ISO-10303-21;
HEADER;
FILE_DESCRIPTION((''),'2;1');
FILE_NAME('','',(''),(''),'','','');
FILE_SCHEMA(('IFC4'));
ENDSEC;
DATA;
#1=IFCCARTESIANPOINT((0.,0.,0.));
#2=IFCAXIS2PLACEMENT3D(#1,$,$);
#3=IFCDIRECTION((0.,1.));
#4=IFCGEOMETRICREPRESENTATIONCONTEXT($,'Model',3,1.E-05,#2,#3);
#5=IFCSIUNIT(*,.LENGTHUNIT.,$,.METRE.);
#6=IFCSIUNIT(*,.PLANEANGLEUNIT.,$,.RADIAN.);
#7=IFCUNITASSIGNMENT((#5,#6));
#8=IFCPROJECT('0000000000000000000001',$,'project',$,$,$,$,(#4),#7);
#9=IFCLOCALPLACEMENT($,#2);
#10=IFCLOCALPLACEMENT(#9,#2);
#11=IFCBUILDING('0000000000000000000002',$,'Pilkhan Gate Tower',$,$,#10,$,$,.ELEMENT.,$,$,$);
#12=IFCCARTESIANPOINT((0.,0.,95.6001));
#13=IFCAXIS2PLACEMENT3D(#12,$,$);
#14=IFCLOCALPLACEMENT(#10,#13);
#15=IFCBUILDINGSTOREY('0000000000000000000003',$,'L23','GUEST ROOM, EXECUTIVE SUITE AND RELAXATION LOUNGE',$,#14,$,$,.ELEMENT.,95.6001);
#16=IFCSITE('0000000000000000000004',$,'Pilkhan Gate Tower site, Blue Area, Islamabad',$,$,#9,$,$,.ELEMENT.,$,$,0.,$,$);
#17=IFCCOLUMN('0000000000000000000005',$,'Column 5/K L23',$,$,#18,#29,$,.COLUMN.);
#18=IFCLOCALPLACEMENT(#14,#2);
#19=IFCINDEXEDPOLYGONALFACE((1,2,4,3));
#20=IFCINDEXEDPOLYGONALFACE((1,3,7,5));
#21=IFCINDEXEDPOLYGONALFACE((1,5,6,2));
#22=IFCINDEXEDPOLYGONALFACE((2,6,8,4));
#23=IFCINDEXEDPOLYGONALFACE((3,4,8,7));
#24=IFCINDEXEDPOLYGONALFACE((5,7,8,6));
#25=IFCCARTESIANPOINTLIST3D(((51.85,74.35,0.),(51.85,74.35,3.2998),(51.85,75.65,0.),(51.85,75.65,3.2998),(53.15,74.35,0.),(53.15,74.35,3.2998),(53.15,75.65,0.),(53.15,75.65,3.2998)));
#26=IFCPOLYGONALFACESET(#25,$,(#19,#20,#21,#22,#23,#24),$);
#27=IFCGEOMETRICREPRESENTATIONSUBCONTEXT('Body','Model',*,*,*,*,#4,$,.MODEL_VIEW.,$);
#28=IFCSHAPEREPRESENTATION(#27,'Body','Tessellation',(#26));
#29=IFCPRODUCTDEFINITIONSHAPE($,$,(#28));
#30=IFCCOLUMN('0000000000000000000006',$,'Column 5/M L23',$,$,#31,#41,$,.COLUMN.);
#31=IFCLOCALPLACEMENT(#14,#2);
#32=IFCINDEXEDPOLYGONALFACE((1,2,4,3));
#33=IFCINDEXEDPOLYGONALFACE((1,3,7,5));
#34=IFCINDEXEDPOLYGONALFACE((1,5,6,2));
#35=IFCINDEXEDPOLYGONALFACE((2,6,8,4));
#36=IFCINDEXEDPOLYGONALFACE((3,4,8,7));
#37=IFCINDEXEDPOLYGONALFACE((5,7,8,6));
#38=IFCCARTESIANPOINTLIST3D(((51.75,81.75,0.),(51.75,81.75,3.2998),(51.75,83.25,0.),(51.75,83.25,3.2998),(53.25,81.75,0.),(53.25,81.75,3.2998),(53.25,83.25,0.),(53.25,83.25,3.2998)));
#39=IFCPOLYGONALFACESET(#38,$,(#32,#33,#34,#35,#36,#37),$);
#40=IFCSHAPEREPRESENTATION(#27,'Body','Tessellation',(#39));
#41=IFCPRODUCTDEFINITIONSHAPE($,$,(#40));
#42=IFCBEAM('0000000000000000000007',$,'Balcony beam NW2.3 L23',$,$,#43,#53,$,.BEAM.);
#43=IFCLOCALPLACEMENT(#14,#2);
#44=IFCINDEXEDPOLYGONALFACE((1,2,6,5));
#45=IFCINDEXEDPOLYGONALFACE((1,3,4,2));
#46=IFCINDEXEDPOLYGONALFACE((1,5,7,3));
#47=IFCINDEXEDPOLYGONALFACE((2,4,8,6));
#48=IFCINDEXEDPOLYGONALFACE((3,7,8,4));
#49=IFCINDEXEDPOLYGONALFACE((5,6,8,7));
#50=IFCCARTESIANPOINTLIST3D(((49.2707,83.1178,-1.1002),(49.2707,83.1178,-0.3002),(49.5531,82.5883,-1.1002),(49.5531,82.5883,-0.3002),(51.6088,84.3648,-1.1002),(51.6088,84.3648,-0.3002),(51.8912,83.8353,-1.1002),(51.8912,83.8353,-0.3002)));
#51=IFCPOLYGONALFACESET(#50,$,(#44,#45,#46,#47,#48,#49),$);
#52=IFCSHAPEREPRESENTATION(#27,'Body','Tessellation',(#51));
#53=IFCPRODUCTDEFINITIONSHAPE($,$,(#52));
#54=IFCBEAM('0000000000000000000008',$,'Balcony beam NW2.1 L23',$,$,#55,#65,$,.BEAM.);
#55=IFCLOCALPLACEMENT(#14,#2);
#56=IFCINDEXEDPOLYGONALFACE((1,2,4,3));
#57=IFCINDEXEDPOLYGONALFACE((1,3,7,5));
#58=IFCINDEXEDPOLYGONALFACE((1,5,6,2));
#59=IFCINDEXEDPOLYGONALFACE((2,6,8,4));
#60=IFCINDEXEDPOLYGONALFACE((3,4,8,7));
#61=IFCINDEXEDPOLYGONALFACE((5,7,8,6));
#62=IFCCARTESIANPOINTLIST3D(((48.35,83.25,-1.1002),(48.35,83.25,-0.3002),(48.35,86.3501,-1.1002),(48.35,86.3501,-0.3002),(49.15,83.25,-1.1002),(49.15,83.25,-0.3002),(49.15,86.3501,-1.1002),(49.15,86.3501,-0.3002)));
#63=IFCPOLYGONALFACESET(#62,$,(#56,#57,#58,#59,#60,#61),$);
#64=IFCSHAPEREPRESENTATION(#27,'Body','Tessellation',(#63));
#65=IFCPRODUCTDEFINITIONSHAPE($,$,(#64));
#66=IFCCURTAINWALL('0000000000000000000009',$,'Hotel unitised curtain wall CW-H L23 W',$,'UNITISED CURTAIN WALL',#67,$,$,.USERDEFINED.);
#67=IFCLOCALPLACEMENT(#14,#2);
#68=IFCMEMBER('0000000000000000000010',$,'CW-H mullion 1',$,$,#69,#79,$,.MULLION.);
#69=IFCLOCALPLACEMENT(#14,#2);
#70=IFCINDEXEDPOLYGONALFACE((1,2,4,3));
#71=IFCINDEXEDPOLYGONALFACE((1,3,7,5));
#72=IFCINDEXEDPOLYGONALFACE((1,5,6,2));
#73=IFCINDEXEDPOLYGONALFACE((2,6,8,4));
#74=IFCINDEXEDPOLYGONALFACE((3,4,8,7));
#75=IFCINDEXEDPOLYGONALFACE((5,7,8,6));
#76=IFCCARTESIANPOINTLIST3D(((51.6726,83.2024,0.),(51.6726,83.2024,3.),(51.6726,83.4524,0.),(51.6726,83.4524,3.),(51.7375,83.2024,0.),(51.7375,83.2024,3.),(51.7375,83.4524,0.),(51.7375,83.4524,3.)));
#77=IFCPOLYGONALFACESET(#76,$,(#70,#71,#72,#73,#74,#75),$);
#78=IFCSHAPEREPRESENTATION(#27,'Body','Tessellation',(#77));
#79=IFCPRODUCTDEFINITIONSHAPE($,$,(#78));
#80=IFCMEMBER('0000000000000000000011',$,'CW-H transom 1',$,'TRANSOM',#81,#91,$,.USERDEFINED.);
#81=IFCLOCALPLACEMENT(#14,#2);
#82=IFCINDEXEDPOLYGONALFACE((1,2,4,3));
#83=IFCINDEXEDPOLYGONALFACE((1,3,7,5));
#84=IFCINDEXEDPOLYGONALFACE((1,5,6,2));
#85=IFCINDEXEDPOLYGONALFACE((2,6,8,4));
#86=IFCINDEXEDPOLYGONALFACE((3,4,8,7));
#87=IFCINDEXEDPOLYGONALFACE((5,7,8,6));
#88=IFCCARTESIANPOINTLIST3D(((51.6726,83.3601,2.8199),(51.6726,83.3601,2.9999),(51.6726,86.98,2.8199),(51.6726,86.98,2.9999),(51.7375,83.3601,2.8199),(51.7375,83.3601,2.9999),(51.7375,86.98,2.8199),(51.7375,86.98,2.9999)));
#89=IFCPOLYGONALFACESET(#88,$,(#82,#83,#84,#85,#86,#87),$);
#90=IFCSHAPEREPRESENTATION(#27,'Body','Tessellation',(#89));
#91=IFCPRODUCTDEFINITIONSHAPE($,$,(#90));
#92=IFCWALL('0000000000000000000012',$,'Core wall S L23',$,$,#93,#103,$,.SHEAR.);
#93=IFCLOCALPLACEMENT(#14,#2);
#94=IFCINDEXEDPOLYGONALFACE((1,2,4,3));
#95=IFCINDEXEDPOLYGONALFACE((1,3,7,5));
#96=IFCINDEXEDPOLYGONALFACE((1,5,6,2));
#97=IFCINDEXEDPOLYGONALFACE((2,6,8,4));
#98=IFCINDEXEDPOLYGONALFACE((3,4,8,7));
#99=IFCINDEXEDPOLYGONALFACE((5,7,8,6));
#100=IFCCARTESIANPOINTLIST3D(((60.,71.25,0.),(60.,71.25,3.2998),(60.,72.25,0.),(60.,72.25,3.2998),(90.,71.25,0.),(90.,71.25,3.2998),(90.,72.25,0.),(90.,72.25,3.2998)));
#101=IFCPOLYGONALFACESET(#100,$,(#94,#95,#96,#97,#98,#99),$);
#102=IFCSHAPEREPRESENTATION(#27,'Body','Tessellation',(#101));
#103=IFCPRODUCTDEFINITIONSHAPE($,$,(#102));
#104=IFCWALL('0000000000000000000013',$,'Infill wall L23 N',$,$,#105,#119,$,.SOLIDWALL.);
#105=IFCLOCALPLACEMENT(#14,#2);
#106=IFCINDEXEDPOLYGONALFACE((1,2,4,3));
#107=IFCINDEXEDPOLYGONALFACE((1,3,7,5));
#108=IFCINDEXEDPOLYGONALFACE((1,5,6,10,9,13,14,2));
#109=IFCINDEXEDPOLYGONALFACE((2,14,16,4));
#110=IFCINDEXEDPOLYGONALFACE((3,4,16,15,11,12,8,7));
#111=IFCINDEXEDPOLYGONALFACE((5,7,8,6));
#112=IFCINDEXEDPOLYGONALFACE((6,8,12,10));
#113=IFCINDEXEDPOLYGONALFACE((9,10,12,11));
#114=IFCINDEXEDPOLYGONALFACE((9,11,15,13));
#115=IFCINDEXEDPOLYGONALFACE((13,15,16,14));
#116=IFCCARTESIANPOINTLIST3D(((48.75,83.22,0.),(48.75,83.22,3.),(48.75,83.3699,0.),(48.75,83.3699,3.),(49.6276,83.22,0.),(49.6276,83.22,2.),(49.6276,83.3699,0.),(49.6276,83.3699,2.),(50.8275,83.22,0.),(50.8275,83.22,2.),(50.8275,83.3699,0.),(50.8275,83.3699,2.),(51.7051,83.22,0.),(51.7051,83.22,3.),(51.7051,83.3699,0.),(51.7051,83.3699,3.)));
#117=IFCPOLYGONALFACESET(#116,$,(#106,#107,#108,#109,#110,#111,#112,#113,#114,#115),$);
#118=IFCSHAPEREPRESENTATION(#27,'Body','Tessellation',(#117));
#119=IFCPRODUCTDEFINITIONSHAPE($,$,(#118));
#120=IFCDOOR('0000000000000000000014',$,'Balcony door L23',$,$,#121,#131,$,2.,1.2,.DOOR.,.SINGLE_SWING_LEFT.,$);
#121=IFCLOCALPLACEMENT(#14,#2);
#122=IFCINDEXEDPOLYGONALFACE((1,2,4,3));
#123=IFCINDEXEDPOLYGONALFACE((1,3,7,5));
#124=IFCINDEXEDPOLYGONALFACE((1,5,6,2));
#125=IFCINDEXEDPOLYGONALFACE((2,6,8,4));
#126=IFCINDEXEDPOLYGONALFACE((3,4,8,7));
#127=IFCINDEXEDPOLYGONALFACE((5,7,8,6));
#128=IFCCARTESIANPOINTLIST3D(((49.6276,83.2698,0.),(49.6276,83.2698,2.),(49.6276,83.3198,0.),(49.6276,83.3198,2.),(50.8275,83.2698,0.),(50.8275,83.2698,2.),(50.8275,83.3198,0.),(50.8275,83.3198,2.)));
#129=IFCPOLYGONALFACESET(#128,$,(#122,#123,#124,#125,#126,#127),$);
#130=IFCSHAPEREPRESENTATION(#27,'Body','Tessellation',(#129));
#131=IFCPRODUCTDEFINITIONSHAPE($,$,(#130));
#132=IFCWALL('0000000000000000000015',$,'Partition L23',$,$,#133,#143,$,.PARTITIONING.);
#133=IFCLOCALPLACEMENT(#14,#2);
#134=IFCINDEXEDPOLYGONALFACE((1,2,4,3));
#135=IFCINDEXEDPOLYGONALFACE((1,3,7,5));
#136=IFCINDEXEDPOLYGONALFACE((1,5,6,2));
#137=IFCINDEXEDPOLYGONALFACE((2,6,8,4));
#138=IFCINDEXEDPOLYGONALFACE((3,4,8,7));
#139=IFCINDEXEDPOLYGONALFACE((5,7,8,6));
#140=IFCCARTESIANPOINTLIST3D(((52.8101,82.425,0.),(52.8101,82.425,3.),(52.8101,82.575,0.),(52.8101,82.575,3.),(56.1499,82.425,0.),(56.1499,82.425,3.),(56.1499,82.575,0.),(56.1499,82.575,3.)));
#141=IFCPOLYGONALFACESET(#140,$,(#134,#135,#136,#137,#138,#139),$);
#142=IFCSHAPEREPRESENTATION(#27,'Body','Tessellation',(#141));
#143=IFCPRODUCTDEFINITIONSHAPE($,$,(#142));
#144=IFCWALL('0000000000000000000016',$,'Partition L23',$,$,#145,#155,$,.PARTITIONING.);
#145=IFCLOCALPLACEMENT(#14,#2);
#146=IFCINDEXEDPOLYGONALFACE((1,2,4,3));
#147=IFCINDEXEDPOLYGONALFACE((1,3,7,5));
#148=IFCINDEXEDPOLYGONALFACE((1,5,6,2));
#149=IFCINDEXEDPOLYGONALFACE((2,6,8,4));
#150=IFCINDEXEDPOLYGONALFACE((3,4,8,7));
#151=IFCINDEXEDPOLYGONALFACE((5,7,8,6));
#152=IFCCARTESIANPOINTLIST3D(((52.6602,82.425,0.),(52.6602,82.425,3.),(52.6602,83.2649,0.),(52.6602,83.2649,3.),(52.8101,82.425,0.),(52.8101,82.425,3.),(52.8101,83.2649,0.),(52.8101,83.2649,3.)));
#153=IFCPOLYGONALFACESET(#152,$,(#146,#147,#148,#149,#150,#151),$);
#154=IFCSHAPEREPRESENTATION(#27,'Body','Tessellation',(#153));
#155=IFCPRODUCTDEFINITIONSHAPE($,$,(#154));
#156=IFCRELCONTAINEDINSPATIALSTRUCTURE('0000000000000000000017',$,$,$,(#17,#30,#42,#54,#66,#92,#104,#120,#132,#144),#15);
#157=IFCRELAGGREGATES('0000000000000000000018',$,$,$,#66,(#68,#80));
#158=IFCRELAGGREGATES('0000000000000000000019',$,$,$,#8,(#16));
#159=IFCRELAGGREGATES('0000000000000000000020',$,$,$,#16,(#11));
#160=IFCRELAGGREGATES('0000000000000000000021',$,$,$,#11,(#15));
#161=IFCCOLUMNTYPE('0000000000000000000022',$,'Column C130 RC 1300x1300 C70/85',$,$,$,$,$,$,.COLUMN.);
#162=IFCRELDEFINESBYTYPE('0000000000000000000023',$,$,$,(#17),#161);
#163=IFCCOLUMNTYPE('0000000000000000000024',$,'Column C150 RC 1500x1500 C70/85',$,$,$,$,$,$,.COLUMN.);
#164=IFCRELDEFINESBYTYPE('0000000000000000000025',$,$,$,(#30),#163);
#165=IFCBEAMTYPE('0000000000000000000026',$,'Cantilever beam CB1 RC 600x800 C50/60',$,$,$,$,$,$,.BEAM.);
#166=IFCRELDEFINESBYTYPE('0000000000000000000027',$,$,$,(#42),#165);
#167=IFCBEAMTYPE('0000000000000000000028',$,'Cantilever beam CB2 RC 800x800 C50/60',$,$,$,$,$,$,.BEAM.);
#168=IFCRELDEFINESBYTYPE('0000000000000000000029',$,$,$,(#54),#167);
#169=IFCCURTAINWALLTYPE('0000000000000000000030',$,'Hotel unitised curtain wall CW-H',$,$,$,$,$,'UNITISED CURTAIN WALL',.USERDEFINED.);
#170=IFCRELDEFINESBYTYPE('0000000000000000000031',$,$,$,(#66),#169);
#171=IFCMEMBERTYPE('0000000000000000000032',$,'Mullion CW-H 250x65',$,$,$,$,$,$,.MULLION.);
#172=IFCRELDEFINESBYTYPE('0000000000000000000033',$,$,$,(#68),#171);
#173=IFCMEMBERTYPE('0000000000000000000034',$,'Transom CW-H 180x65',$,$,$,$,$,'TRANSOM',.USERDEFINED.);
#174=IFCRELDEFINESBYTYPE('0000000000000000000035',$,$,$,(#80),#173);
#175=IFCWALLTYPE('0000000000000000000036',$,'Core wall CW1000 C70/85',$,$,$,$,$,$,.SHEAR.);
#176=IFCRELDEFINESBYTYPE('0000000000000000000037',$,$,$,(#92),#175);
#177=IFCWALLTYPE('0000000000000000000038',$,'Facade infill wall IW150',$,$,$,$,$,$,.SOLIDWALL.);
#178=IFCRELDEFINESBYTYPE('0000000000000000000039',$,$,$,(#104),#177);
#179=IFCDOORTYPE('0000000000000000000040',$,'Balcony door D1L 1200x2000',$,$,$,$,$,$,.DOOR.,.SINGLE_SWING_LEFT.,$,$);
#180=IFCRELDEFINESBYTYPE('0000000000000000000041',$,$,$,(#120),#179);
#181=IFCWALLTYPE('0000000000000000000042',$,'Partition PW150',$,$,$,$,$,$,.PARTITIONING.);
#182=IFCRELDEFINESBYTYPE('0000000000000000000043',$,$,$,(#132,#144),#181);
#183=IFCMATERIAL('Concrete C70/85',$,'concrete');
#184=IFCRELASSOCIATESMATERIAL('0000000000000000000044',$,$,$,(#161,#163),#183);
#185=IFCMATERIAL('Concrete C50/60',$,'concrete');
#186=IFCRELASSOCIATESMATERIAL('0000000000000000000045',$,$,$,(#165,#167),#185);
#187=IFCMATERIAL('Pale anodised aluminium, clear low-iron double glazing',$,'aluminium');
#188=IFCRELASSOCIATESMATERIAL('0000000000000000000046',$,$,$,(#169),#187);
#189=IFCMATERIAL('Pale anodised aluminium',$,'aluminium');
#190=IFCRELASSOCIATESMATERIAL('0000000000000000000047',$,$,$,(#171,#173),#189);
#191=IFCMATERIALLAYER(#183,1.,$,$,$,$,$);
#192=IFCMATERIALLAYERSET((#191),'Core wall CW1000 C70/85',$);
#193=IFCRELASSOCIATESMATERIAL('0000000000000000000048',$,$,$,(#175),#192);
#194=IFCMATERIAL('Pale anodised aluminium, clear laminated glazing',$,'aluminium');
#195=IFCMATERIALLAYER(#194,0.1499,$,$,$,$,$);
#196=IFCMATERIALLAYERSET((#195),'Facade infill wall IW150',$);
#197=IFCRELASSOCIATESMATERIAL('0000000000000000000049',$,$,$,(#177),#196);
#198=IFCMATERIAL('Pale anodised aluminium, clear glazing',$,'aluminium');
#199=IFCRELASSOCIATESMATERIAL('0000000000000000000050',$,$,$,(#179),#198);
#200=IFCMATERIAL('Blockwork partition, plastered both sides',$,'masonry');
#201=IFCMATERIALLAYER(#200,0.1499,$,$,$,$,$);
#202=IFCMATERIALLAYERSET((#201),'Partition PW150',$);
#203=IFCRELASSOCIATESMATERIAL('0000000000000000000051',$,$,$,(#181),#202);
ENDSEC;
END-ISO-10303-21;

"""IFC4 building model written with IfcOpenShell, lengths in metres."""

from ifc_helpers import new_model, si_unit, direction, frame, frame_2d, origin, origin_2d, place, context, subcontext, project, spatial, rectangle, extrude, material, layer, layer_set, material_profile, profile_set, type_object, element, fill, aggregate, save


model = new_model("IFC4")

# Units and contexts
model_context = context("Model", 3, precision=1e-05, world=origin(), true_north=direction((0.0, 1.0)))
body_context = subcontext(model_context, "Body", "Model", "MODEL_VIEW")
ifc_project = project(units=[si_unit("LENGTHUNIT", "METRE"), si_unit("PLANEANGLEUNIT", "RADIAN")], contexts=[model_context])

# Site, building, storey
site_placement = place(None, origin())
site = spatial("IfcSite", under=ifc_project, at=site_placement, Name="Pilkhan Gate Tower site, Blue Area, Islamabad", CompositionType="ELEMENT", RefElevation=0.0)
building_placement = place(site_placement, origin())
building = spatial("IfcBuilding", under=site, at=building_placement, Name="Pilkhan Gate Tower", CompositionType="ELEMENT")
storey_placement = place(building_placement, frame((0.0, 0.0, 95.6001)))
storey = spatial("IfcBuildingStorey", under=building, at=storey_placement, Name="L23", Description="GUEST ROOM, EXECUTIVE SUITE AND RELAXATION LOUNGE", CompositionType="ELEMENT", Elevation=95.6001)

# Columns
ifc_material_1 = material(Name="Concrete C70/85", Category="concrete")
ifc_material_profile_1 = material_profile(ifc_material_1, rectangle(XDim=1.3, YDim=1.3, at=origin_2d()), Name="RC 1300x1300")
ifc_profile_set_1 = profile_set([ifc_material_profile_1], Name="Concrete C70/85")
column_type_1 = type_object("IfcColumnType", Name="Column C130 RC 1300x1300 C70/85", PredefinedType="COLUMN", material=ifc_profile_set_1)
column_1_placement = place(storey_placement, frame((52.5, 75.0, 0.0), z_axis=(0.0, 0.0, 1.0), x_axis=(1.0, 0.0, 0.0)))
element("IfcColumn", 1, at=column_1_placement, inside=storey, type_object=column_type_1, Name="Column 5/K L23", PredefinedType="COLUMN", context=body_context, shape_type="SweptSolid", body=[
    extrude(rectangle(XDim=1.3, YDim=1.3, at=origin_2d()), origin(), (0.0, 0.0, 1.0), 3.2998),
])
ifc_material_profile_2 = material_profile(ifc_material_1, rectangle(XDim=1.5, YDim=1.5, at=origin_2d()), Name="RC 1500x1500")
ifc_profile_set_2 = profile_set([ifc_material_profile_2], Name="Concrete C70/85")
column_type_2 = type_object("IfcColumnType", Name="Column C150 RC 1500x1500 C70/85", PredefinedType="COLUMN", material=ifc_profile_set_2)
column_2_placement = place(storey_placement, frame((52.5, 82.5, 0.0), z_axis=(0.0, 0.0, 1.0), x_axis=(1.0, 0.0, 0.0)))
element("IfcColumn", 2, at=column_2_placement, inside=storey, type_object=column_type_2, Name="Column 5/M L23", PredefinedType="COLUMN", context=body_context, shape_type="SweptSolid", body=[
    extrude(rectangle(XDim=1.5, YDim=1.5, at=origin_2d()), origin(), (0.0, 0.0, 1.0), 3.2998),
])

# Beams
ifc_material_2 = material(Name="Concrete C50/60", Category="concrete")
ifc_material_profile_3 = material_profile(ifc_material_2, rectangle(XDim=0.6001, YDim=0.8, at=origin_2d()), Name="RC 600x800")
ifc_profile_set_3 = profile_set([ifc_material_profile_3], Name="Concrete C50/60")
beam_type_1 = type_object("IfcBeamType", Name="Cantilever beam CB1 RC 600x800 C50/60", PredefinedType="BEAM", material=ifc_profile_set_3)
beam_1_placement = place(storey_placement, frame((49.4119, 82.853, -0.7002), z_axis=(0.882343, 0.470607, 0.0), x_axis=(-0.470607, 0.882343, 0.0)))
element("IfcBeam", 3, at=beam_1_placement, inside=storey, type_object=beam_type_1, Name="Balcony beam NW2.3 L23", PredefinedType="BEAM", context=body_context, shape_type="SweptSolid", body=[
    extrude(rectangle(XDim=0.6001, YDim=0.8, at=origin_2d()), origin(), (0.0, 0.0, 1.0), 2.6499),
])
ifc_material_profile_4 = material_profile(ifc_material_2, rectangle(XDim=0.8, YDim=0.8, at=origin_2d()), Name="RC 800x800")
ifc_profile_set_4 = profile_set([ifc_material_profile_4], Name="Concrete C50/60")
beam_type_2 = type_object("IfcBeamType", Name="Cantilever beam CB2 RC 800x800 C50/60", PredefinedType="BEAM", material=ifc_profile_set_4)
beam_2_placement = place(storey_placement, frame((48.75, 83.25, -0.7002), z_axis=(0.0, 1.0, 0.0), x_axis=(-1.0, 0.0, 0.0)))
element("IfcBeam", 4, at=beam_2_placement, inside=storey, type_object=beam_type_2, Name="Balcony beam NW2.1 L23", PredefinedType="BEAM", context=body_context, shape_type="SweptSolid", body=[
    extrude(rectangle(XDim=0.8, YDim=0.8, at=origin_2d()), origin(), (0.0, 0.0, 1.0), 3.1001),
])

# Curtain wall, members
ifc_material_3 = material(Name="Pale anodised aluminium, clear low-iron double glazing", Category="aluminium")
curtain_wall_type = type_object("IfcCurtainWallType", Name="Hotel unitised curtain wall CW-H", ElementType="UNITISED CURTAIN WALL", PredefinedType="USERDEFINED", material=ifc_material_3)
curtain_wall_placement = place(storey_placement, origin())
curtain_wall = element("IfcCurtainWall", 5, at=curtain_wall_placement, inside=storey, type_object=curtain_wall_type, Name="Hotel unitised curtain wall CW-H L23 W", ObjectType="UNITISED CURTAIN WALL", PredefinedType="USERDEFINED")
ifc_material_4 = material(Name="Pale anodised aluminium", Category="aluminium")
ifc_material_profile_5 = material_profile(ifc_material_4, rectangle(XDim=0.0649, YDim=0.25, at=origin_2d()), Name="Mullion 250x65")
ifc_profile_set_5 = profile_set([ifc_material_profile_5], Name="Pale anodised aluminium")
member_type_1 = type_object("IfcMemberType", Name="Mullion CW-H 250x65", PredefinedType="MULLION", material=ifc_profile_set_5)
member_1_placement = place(storey_placement, frame((51.7051, 83.3274, 0.0), z_axis=(0.0, 0.0, 1.0), x_axis=(-1.0, 0.0, 0.0)))
member_1 = element("IfcMember", 6, at=member_1_placement, type_object=member_type_1, Name="CW-H mullion 1", PredefinedType="MULLION", context=body_context, shape_type="SweptSolid", body=[
    extrude(rectangle(XDim=0.0649, YDim=0.25, at=origin_2d()), origin(), (0.0, 0.0, 1.0), 3.0),
])
ifc_material_profile_6 = material_profile(ifc_material_4, rectangle(XDim=0.0649, YDim=0.1799, at=origin_2d()), Name="Transom 180x65")
ifc_profile_set_6 = profile_set([ifc_material_profile_6], Name="Pale anodised aluminium")
member_type_2 = type_object("IfcMemberType", Name="Transom CW-H 180x65", ElementType="TRANSOM", PredefinedType="USERDEFINED", material=ifc_profile_set_6)
member_2_placement = place(storey_placement, frame((51.7051, 83.3601, 2.9099), z_axis=(0.0, 1.0, 0.0), x_axis=(-1.0, 0.0, 0.0)))
member_2 = element("IfcMember", 7, at=member_2_placement, type_object=member_type_2, Name="CW-H transom 1", ObjectType="TRANSOM", PredefinedType="USERDEFINED", context=body_context, shape_type="SweptSolid", body=[
    extrude(rectangle(XDim=0.0649, YDim=0.1799, at=origin_2d()), origin(), (0.0, 0.0, 1.0), 3.6199),
])
aggregate(curtain_wall, [member_1, member_2])

# Wall
ifc_layer_1 = layer(ifc_material_1, 1.0)
ifc_layer_set_1 = layer_set([ifc_layer_1], Name="Core wall CW1000 C70/85")
wall_type_1 = type_object("IfcWallType", Name="Core wall CW1000 C70/85", PredefinedType="SHEAR", material=ifc_layer_set_1)
wall_1_placement = place(storey_placement, frame((60.0, 71.75, 0.0), z_axis=(0.0, 0.0, 1.0), x_axis=(1.0, 0.0, 0.0)))
element("IfcWall", 8, at=wall_1_placement, inside=storey, type_object=wall_type_1, Name="Core wall S L23", PredefinedType="SHEAR", context=body_context, shape_type="SweptSolid", body=[
    extrude(rectangle(XDim=30.0, YDim=1.0, at=frame_2d((15.0, 0.0))), origin(), (0.0, 0.0, 1.0), 3.2998),
])

# Wall, opening, door
ifc_material_5 = material(Name="Pale anodised aluminium, clear laminated glazing", Category="aluminium")
ifc_layer_2 = layer(ifc_material_5, 0.1499)
ifc_layer_set_2 = layer_set([ifc_layer_2], Name="Facade infill wall IW150")
wall_type_2 = type_object("IfcWallType", Name="Facade infill wall IW150", PredefinedType="SOLIDWALL", material=ifc_layer_set_2)
wall_2_placement = place(storey_placement, frame((48.75, 83.2949, 0.0), z_axis=(0.0, 0.0, 1.0), x_axis=(1.0, 0.0, 0.0)))
wall_2 = element("IfcWall", 9, at=wall_2_placement, inside=storey, type_object=wall_type_2, Name="Infill wall L23 N", PredefinedType="SOLIDWALL", context=body_context, shape_type="SweptSolid", body=[
    extrude(rectangle(XDim=2.9551, YDim=0.1499, at=frame_2d((1.4775, 0.0))), origin(), (0.0, 0.0, 1.0), 3.0),
])
opening_1_placement = place(wall_2_placement, frame((0.8774, 0.0, 0.0)))
opening_1 = element("IfcOpeningElement", 10, at=opening_1_placement, cuts=wall_2, PredefinedType="OPENING", context=body_context, shape_type="SweptSolid", body=[
    extrude(rectangle(XDim=1.2, YDim=2.0, at=frame_2d((0.6001, 1.0))), frame((0.0, 0.085, 0.0), z_axis=(0.0, -1.0, 0.0), x_axis=(1.0, 0.0, 0.0)), (0.0, 0.0, 1.0), 0.1699),
])
ifc_material_6 = material(Name="Pale anodised aluminium, clear glazing", Category="aluminium")
door_type_1 = type_object("IfcDoorType", Name="Balcony door D1L 1200x2000", OperationType="SINGLE_SWING_LEFT", PredefinedType="DOOR", material=ifc_material_6)
door_1_placement = place(opening_1_placement, origin())
door_1 = element("IfcDoor", 11, at=door_1_placement, inside=storey, type_object=door_type_1, Name="Balcony door L23", OperationType="SINGLE_SWING_LEFT", OverallHeight=2.0, OverallWidth=1.2, PredefinedType="DOOR", context=body_context, shape_type="SweptSolid", body=[
    extrude(rectangle(XDim=1.2, YDim=2.0, at=frame_2d((0.6001, 1.0))), frame((0.0, 0.0249, 0.0), z_axis=(0.0, -1.0, 0.0), x_axis=(1.0, 0.0, 0.0)), (0.0, 0.0, 1.0), 0.05),
])
fill(opening_1, door_1)

# Walls
ifc_material_7 = material(Name="Blockwork partition, plastered both sides", Category="masonry")
ifc_layer_3 = layer(ifc_material_7, 0.1499)
ifc_layer_set_3 = layer_set([ifc_layer_3], Name="Partition PW150")
wall_type_3 = type_object("IfcWallType", Name="Partition PW150", PredefinedType="PARTITIONING", material=ifc_layer_set_3)
wall_3_placement = place(storey_placement, frame((52.8101, 82.5, 0.0), z_axis=(0.0, 0.0, 1.0), x_axis=(1.0, 0.0, 0.0)))
element("IfcWall", 12, at=wall_3_placement, inside=storey, type_object=wall_type_3, Name="Partition L23", PredefinedType="PARTITIONING", context=body_context, shape_type="SweptSolid", body=[
    extrude(rectangle(XDim=3.3398, YDim=0.1499, at=frame_2d((1.6699, 0.0))), origin(), (0.0, 0.0, 1.0), 3.0),
])
wall_4_placement = place(storey_placement, frame((52.7351, 82.425, 0.0), z_axis=(0.0, 0.0, 1.0), x_axis=(0.0, 1.0, 0.0)))
element("IfcWall", 13, at=wall_4_placement, inside=storey, type_object=wall_type_3, Name="Partition L23", PredefinedType="PARTITIONING", context=body_context, shape_type="SweptSolid", body=[
    extrude(rectangle(XDim=0.8398, YDim=0.1499, at=frame_2d((0.4199, 0.0))), origin(), (0.0, 0.0, 1.0), 3.0),
])

save(model, "model.ifc")
